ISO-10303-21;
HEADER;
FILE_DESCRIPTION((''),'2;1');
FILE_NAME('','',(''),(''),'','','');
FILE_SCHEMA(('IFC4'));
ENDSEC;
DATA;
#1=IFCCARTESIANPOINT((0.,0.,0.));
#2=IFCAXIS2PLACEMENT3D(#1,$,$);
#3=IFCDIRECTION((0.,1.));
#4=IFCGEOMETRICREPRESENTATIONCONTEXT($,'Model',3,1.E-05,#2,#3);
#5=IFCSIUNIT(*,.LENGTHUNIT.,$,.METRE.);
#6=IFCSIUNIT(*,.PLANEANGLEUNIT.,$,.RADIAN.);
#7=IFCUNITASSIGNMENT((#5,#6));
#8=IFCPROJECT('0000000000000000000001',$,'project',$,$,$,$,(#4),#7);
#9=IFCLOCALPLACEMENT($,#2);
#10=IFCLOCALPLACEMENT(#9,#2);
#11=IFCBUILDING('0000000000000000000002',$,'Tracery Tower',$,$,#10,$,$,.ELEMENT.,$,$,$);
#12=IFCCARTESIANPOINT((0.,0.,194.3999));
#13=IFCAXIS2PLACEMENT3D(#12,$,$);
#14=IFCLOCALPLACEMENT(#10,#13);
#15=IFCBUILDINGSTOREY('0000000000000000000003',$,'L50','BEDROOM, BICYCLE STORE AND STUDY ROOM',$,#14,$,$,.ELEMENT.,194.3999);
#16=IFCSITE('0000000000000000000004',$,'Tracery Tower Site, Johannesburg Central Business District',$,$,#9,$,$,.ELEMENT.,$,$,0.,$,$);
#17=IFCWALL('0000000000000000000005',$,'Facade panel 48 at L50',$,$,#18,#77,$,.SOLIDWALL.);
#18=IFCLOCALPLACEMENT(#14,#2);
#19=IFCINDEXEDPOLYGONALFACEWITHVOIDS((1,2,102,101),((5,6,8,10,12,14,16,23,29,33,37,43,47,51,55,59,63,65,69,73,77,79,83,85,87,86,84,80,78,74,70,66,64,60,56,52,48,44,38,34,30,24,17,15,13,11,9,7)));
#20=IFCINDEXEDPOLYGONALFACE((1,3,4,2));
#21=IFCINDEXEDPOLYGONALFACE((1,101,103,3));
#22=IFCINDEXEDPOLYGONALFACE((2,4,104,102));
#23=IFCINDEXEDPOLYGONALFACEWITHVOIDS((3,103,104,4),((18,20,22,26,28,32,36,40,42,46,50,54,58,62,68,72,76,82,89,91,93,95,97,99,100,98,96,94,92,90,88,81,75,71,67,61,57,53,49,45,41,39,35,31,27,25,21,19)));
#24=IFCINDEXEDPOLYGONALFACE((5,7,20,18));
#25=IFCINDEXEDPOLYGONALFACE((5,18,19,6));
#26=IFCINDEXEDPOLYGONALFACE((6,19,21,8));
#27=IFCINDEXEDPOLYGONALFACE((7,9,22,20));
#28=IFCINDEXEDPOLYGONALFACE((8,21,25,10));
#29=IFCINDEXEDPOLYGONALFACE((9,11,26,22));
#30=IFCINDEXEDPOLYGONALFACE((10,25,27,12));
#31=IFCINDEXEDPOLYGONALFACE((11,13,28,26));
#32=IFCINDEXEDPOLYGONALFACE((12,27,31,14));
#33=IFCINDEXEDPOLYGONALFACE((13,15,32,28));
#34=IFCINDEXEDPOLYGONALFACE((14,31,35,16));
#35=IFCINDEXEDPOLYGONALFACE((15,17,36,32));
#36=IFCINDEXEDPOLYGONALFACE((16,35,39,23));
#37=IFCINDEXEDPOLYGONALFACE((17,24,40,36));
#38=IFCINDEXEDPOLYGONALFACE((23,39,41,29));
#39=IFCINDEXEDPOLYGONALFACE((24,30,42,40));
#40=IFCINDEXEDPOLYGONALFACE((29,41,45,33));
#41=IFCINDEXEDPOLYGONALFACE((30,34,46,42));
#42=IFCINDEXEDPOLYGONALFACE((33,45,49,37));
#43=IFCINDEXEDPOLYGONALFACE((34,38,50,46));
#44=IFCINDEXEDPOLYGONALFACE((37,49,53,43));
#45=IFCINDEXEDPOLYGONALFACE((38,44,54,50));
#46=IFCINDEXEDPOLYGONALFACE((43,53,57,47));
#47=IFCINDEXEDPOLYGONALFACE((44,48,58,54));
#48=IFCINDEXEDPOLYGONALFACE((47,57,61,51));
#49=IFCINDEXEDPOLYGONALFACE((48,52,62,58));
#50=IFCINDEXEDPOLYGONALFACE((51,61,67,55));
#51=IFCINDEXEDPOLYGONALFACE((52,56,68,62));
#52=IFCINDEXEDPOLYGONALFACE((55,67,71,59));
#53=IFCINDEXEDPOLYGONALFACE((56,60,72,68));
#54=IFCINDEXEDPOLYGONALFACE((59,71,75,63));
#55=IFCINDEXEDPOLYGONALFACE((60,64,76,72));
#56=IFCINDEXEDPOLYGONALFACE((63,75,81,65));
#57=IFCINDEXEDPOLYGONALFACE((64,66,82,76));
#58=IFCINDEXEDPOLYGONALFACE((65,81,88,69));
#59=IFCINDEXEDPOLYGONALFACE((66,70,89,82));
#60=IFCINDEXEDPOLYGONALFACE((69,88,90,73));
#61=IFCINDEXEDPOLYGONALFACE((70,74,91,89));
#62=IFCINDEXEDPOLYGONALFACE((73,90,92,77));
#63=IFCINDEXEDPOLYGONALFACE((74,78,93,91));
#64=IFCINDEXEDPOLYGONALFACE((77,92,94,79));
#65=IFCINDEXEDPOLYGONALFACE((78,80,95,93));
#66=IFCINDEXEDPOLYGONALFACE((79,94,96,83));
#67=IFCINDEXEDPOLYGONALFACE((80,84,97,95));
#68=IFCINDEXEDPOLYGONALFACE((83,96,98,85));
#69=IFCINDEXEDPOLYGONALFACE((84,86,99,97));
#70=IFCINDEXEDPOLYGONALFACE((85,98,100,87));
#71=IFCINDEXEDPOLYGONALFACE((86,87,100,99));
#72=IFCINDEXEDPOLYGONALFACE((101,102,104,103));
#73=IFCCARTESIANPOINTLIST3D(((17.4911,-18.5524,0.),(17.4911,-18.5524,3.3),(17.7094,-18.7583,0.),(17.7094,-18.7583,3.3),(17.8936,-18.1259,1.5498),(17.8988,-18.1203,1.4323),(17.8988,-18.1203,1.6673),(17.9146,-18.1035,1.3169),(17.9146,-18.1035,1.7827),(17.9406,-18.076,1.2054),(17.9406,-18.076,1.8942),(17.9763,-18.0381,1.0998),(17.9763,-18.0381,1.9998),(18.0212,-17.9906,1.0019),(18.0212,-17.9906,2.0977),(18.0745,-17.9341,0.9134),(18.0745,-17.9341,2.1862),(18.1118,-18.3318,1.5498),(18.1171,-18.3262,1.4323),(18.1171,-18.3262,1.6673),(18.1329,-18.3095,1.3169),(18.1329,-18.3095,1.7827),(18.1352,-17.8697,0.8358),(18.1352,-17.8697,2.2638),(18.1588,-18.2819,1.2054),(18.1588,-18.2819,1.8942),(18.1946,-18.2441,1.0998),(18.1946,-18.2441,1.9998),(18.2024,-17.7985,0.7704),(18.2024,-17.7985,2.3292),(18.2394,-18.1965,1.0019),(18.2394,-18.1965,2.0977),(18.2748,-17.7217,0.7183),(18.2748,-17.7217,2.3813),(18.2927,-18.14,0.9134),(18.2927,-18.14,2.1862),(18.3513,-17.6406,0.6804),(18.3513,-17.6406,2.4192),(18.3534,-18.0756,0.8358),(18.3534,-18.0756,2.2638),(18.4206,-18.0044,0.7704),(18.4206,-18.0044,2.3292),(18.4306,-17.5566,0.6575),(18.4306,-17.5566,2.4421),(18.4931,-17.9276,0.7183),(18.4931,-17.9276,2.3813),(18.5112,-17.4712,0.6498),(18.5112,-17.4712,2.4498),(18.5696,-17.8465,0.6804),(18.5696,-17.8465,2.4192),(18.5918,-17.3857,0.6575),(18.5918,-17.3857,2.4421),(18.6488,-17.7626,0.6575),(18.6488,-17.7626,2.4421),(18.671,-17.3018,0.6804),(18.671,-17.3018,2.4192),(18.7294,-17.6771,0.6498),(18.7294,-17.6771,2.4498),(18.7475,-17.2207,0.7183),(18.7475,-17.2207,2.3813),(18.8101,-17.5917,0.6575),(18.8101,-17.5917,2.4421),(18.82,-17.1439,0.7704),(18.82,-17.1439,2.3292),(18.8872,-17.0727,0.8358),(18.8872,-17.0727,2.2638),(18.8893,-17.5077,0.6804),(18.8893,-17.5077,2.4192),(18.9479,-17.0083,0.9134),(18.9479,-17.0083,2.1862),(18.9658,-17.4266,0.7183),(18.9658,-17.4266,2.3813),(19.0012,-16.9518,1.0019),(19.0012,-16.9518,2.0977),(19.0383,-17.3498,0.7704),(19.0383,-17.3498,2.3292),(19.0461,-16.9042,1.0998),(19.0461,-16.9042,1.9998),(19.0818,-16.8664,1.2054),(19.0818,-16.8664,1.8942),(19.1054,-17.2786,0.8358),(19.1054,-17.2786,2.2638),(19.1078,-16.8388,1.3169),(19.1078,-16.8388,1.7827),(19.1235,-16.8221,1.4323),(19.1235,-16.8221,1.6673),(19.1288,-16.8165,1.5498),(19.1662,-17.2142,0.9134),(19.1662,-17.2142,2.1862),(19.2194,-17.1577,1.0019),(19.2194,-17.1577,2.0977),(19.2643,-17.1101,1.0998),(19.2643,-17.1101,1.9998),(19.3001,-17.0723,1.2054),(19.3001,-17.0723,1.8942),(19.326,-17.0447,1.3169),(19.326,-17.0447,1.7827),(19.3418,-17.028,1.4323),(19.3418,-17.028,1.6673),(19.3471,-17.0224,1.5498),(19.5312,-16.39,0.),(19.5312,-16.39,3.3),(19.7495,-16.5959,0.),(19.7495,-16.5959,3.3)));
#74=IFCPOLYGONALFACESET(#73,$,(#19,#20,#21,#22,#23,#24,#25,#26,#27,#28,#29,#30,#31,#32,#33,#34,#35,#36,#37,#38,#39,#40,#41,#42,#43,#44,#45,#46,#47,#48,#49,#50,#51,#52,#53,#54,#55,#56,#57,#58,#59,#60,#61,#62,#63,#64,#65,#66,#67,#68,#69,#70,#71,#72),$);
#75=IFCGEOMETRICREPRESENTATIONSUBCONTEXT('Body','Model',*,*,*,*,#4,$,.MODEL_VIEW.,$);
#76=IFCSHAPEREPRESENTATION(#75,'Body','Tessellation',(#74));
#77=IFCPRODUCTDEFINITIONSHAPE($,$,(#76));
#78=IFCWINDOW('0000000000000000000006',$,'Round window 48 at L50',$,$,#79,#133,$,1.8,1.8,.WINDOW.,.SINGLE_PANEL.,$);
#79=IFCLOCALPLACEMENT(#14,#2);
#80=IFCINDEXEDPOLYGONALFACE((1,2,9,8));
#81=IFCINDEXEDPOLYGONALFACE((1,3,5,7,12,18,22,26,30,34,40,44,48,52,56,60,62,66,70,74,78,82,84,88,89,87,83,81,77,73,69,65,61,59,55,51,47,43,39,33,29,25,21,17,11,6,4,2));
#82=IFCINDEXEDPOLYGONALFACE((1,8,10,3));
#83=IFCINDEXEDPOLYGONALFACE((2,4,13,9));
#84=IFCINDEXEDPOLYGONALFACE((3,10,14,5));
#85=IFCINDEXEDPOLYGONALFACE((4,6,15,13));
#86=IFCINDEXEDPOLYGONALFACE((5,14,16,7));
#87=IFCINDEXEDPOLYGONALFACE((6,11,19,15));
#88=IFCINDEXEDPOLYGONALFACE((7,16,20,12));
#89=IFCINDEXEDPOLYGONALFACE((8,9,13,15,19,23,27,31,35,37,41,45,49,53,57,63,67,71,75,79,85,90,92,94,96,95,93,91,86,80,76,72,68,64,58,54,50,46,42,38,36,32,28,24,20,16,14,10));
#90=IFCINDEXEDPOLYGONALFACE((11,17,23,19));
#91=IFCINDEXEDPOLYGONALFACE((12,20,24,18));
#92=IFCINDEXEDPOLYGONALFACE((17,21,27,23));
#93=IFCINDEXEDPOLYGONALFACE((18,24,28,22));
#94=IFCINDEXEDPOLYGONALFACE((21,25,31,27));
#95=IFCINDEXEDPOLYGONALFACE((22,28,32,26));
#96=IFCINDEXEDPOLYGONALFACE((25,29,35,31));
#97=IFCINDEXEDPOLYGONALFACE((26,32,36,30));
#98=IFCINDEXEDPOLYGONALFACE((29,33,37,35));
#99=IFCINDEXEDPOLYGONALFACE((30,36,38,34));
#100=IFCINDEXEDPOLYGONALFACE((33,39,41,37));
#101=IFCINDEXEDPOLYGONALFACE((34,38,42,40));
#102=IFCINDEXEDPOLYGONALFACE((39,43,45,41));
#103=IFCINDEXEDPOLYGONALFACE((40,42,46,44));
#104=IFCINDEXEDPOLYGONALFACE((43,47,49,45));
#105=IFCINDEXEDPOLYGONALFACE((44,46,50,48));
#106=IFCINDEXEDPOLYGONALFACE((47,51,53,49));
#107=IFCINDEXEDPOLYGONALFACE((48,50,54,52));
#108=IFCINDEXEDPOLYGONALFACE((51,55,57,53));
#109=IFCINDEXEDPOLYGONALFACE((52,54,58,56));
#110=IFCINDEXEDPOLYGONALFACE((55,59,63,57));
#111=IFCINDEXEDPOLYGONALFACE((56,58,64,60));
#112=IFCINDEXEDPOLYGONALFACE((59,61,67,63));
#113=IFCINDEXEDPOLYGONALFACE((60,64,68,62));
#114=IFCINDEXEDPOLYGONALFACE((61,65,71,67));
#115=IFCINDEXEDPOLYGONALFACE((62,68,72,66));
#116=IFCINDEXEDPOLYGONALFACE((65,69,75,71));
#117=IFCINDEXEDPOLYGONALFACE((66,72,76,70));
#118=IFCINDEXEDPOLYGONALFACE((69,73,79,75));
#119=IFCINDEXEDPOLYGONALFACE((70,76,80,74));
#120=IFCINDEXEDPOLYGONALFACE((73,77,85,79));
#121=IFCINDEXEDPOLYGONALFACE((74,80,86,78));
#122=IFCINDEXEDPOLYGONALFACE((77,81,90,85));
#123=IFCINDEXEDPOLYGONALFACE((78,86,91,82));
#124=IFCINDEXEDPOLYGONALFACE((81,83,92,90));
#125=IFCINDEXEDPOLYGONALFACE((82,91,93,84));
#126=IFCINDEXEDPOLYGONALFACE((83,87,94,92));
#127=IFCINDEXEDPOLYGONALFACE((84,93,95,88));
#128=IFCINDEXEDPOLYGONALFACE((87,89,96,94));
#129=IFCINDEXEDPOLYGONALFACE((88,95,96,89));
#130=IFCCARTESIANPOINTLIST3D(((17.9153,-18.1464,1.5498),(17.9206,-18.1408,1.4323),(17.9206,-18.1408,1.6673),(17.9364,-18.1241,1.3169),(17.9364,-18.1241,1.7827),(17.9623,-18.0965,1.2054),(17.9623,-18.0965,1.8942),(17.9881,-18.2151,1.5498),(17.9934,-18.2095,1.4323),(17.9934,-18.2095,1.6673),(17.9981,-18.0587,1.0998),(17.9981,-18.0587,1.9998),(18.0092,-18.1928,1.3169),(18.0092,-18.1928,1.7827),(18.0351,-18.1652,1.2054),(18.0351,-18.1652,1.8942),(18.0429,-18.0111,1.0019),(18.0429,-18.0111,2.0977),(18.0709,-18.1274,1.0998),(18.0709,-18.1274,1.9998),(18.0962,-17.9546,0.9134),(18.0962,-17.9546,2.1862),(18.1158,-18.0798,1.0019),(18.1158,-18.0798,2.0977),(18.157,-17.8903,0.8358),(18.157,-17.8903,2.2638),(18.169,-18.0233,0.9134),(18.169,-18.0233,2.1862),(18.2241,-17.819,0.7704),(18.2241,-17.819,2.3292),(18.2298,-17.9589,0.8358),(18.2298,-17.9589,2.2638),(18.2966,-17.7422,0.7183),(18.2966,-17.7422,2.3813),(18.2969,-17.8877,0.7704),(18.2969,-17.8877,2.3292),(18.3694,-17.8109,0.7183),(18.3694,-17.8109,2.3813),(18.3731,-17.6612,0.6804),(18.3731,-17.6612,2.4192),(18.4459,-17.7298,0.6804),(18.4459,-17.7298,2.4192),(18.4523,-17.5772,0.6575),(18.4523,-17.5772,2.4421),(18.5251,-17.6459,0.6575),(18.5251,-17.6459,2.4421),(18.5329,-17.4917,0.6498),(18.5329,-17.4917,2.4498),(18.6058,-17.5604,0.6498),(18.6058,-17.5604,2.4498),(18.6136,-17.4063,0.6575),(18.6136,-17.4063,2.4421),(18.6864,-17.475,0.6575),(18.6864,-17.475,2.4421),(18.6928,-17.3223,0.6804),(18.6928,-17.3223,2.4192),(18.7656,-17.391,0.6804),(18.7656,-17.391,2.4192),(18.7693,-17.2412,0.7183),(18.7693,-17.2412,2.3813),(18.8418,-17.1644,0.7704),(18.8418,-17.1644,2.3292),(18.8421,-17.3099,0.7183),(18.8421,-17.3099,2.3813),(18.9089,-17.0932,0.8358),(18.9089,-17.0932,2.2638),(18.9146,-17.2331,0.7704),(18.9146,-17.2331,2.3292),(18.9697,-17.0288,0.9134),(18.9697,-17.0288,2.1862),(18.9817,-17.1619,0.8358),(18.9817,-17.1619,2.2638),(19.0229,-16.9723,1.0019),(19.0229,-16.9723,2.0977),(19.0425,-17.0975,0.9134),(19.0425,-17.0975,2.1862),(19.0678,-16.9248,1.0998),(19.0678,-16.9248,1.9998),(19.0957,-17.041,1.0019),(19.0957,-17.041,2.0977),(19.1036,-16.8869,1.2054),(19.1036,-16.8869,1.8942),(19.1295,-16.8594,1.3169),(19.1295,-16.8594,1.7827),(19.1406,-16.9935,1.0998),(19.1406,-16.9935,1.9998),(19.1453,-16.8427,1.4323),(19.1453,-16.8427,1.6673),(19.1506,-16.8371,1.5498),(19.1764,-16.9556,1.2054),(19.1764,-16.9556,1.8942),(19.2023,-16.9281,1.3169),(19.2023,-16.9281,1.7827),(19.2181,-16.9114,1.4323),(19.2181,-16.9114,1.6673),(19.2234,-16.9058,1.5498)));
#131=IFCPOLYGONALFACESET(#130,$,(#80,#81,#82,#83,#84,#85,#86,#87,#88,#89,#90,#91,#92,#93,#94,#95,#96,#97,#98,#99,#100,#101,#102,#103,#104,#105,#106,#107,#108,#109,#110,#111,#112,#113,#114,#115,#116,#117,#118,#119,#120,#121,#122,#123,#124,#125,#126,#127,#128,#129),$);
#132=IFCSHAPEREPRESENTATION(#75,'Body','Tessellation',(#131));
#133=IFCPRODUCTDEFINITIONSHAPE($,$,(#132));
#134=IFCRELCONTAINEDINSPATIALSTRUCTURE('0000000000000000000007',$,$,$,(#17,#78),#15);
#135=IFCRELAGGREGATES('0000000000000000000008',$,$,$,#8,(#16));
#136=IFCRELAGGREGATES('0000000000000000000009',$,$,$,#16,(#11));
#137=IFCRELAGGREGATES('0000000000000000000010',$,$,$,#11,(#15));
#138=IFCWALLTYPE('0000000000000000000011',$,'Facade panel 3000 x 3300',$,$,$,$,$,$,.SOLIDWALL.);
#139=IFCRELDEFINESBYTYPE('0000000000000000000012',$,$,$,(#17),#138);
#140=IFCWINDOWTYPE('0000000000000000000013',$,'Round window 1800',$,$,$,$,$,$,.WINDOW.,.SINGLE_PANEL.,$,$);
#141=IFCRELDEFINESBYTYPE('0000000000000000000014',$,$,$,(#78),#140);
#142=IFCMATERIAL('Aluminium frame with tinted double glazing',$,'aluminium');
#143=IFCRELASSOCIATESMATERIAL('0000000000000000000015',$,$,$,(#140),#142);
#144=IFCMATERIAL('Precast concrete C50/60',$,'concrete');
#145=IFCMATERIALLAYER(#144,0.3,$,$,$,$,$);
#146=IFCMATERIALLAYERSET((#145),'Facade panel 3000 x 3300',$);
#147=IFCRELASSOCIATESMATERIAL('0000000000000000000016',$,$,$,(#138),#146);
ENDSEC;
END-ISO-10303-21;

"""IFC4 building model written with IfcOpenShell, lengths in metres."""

from ifc_helpers import new_model, si_unit, direction, frame, frame_2d, origin, origin_2d, place, context, subcontext, project, spatial, rectangle, circle, extrude, material, layer, layer_set, type_object, element, fill, save


model = new_model("IFC4")

# Units and contexts
model_context = context("Model", 3, precision=1e-05, world=origin(), true_north=direction((0.0, 1.0)))
body_context = subcontext(model_context, "Body", "Model", "MODEL_VIEW")
ifc_project = project(units=[si_unit("LENGTHUNIT", "METRE"), si_unit("PLANEANGLEUNIT", "RADIAN")], contexts=[model_context])

# Site, building, storey
site_placement = place(None, origin())
site = spatial("IfcSite", under=ifc_project, at=site_placement, Name="Tracery Tower Site, Johannesburg Central Business District", CompositionType="ELEMENT", RefElevation=0.0)
building_placement = place(site_placement, origin())
building = spatial("IfcBuilding", under=site, at=building_placement, Name="Tracery Tower", CompositionType="ELEMENT")
storey_placement = place(building_placement, frame((0.0, 0.0, 194.3999)))
storey = spatial("IfcBuildingStorey", under=building, at=storey_placement, Name="L50", Description="BEDROOM, BICYCLE STORE AND STUDY ROOM", CompositionType="ELEMENT", Elevation=194.3999)

# Wall, opening, window
ifc_material_1 = material(Name="Aluminium frame with tinted double glazing", Category="aluminium")
window_type = type_object("IfcWindowType", Name="Round window 1800", PartitioningType="SINGLE_PANEL", PredefinedType="WINDOW", material=ifc_material_1)
ifc_material_2 = material(Name="Precast concrete C50/60", Category="concrete")
ifc_layer_1 = layer(ifc_material_2, 0.3)
ifc_layer_set_1 = layer_set([ifc_layer_1], Name="Facade panel 3000 x 3300")
wall_type_1 = type_object("IfcWallType", Name="Facade panel 3000 x 3300", PredefinedType="SOLIDWALL", material=ifc_layer_set_1)
wall_1_placement = place(storey_placement, frame((17.6003, -18.6553, 0.0), z_axis=(0.0, 0.0, 1.0), x_axis=(0.686235, 0.72738, 0.0)))
wall_1 = element("IfcWall", 1, at=wall_1_placement, inside=storey, type_object=wall_type_1, Name="Facade panel 48 at L50", PredefinedType="SOLIDWALL", context=body_context, shape_type="SweptSolid", body=[
    extrude(rectangle(XDim=2.9729, YDim=0.3, at=frame_2d((1.4863, 0.0))), origin(), (0.0, 0.0, 1.0), 3.3),
])
opening_1_placement = place(wall_1_placement, frame((1.4863, 0.0, 1.5498)))
opening_1 = element("IfcOpeningElement", 2, at=opening_1_placement, cuts=wall_1, PredefinedType="OPENING", context=body_context, shape_type="SweptSolid", body=[
    extrude(circle(Radius=0.9, at=origin_2d()), frame((0.0, 0.1599, 0.0), z_axis=(0.0, -1.0, 0.0), x_axis=(1.0, 0.0, 0.0)), (0.0, 0.0, 1.0), 0.3201),
])
window_1_placement = place(opening_1_placement, origin())
window_1 = element("IfcWindow", 3, at=window_1_placement, inside=storey, type_object=window_type, Name="Round window 48 at L50", OverallHeight=1.8, OverallWidth=1.8, PartitioningType="SINGLE_PANEL", PredefinedType="WINDOW", context=body_context, shape_type="SweptSolid", body=[
    extrude(circle(Radius=0.9, at=origin_2d()), frame((0.0, 0.1201, 0.0), z_axis=(0.0, -1.0, 0.0), x_axis=(1.0, 0.0, 0.0)), (0.0, 0.0, 1.0), 0.1001),
])
fill(opening_1, window_1)

save(model, "model.ifc")
